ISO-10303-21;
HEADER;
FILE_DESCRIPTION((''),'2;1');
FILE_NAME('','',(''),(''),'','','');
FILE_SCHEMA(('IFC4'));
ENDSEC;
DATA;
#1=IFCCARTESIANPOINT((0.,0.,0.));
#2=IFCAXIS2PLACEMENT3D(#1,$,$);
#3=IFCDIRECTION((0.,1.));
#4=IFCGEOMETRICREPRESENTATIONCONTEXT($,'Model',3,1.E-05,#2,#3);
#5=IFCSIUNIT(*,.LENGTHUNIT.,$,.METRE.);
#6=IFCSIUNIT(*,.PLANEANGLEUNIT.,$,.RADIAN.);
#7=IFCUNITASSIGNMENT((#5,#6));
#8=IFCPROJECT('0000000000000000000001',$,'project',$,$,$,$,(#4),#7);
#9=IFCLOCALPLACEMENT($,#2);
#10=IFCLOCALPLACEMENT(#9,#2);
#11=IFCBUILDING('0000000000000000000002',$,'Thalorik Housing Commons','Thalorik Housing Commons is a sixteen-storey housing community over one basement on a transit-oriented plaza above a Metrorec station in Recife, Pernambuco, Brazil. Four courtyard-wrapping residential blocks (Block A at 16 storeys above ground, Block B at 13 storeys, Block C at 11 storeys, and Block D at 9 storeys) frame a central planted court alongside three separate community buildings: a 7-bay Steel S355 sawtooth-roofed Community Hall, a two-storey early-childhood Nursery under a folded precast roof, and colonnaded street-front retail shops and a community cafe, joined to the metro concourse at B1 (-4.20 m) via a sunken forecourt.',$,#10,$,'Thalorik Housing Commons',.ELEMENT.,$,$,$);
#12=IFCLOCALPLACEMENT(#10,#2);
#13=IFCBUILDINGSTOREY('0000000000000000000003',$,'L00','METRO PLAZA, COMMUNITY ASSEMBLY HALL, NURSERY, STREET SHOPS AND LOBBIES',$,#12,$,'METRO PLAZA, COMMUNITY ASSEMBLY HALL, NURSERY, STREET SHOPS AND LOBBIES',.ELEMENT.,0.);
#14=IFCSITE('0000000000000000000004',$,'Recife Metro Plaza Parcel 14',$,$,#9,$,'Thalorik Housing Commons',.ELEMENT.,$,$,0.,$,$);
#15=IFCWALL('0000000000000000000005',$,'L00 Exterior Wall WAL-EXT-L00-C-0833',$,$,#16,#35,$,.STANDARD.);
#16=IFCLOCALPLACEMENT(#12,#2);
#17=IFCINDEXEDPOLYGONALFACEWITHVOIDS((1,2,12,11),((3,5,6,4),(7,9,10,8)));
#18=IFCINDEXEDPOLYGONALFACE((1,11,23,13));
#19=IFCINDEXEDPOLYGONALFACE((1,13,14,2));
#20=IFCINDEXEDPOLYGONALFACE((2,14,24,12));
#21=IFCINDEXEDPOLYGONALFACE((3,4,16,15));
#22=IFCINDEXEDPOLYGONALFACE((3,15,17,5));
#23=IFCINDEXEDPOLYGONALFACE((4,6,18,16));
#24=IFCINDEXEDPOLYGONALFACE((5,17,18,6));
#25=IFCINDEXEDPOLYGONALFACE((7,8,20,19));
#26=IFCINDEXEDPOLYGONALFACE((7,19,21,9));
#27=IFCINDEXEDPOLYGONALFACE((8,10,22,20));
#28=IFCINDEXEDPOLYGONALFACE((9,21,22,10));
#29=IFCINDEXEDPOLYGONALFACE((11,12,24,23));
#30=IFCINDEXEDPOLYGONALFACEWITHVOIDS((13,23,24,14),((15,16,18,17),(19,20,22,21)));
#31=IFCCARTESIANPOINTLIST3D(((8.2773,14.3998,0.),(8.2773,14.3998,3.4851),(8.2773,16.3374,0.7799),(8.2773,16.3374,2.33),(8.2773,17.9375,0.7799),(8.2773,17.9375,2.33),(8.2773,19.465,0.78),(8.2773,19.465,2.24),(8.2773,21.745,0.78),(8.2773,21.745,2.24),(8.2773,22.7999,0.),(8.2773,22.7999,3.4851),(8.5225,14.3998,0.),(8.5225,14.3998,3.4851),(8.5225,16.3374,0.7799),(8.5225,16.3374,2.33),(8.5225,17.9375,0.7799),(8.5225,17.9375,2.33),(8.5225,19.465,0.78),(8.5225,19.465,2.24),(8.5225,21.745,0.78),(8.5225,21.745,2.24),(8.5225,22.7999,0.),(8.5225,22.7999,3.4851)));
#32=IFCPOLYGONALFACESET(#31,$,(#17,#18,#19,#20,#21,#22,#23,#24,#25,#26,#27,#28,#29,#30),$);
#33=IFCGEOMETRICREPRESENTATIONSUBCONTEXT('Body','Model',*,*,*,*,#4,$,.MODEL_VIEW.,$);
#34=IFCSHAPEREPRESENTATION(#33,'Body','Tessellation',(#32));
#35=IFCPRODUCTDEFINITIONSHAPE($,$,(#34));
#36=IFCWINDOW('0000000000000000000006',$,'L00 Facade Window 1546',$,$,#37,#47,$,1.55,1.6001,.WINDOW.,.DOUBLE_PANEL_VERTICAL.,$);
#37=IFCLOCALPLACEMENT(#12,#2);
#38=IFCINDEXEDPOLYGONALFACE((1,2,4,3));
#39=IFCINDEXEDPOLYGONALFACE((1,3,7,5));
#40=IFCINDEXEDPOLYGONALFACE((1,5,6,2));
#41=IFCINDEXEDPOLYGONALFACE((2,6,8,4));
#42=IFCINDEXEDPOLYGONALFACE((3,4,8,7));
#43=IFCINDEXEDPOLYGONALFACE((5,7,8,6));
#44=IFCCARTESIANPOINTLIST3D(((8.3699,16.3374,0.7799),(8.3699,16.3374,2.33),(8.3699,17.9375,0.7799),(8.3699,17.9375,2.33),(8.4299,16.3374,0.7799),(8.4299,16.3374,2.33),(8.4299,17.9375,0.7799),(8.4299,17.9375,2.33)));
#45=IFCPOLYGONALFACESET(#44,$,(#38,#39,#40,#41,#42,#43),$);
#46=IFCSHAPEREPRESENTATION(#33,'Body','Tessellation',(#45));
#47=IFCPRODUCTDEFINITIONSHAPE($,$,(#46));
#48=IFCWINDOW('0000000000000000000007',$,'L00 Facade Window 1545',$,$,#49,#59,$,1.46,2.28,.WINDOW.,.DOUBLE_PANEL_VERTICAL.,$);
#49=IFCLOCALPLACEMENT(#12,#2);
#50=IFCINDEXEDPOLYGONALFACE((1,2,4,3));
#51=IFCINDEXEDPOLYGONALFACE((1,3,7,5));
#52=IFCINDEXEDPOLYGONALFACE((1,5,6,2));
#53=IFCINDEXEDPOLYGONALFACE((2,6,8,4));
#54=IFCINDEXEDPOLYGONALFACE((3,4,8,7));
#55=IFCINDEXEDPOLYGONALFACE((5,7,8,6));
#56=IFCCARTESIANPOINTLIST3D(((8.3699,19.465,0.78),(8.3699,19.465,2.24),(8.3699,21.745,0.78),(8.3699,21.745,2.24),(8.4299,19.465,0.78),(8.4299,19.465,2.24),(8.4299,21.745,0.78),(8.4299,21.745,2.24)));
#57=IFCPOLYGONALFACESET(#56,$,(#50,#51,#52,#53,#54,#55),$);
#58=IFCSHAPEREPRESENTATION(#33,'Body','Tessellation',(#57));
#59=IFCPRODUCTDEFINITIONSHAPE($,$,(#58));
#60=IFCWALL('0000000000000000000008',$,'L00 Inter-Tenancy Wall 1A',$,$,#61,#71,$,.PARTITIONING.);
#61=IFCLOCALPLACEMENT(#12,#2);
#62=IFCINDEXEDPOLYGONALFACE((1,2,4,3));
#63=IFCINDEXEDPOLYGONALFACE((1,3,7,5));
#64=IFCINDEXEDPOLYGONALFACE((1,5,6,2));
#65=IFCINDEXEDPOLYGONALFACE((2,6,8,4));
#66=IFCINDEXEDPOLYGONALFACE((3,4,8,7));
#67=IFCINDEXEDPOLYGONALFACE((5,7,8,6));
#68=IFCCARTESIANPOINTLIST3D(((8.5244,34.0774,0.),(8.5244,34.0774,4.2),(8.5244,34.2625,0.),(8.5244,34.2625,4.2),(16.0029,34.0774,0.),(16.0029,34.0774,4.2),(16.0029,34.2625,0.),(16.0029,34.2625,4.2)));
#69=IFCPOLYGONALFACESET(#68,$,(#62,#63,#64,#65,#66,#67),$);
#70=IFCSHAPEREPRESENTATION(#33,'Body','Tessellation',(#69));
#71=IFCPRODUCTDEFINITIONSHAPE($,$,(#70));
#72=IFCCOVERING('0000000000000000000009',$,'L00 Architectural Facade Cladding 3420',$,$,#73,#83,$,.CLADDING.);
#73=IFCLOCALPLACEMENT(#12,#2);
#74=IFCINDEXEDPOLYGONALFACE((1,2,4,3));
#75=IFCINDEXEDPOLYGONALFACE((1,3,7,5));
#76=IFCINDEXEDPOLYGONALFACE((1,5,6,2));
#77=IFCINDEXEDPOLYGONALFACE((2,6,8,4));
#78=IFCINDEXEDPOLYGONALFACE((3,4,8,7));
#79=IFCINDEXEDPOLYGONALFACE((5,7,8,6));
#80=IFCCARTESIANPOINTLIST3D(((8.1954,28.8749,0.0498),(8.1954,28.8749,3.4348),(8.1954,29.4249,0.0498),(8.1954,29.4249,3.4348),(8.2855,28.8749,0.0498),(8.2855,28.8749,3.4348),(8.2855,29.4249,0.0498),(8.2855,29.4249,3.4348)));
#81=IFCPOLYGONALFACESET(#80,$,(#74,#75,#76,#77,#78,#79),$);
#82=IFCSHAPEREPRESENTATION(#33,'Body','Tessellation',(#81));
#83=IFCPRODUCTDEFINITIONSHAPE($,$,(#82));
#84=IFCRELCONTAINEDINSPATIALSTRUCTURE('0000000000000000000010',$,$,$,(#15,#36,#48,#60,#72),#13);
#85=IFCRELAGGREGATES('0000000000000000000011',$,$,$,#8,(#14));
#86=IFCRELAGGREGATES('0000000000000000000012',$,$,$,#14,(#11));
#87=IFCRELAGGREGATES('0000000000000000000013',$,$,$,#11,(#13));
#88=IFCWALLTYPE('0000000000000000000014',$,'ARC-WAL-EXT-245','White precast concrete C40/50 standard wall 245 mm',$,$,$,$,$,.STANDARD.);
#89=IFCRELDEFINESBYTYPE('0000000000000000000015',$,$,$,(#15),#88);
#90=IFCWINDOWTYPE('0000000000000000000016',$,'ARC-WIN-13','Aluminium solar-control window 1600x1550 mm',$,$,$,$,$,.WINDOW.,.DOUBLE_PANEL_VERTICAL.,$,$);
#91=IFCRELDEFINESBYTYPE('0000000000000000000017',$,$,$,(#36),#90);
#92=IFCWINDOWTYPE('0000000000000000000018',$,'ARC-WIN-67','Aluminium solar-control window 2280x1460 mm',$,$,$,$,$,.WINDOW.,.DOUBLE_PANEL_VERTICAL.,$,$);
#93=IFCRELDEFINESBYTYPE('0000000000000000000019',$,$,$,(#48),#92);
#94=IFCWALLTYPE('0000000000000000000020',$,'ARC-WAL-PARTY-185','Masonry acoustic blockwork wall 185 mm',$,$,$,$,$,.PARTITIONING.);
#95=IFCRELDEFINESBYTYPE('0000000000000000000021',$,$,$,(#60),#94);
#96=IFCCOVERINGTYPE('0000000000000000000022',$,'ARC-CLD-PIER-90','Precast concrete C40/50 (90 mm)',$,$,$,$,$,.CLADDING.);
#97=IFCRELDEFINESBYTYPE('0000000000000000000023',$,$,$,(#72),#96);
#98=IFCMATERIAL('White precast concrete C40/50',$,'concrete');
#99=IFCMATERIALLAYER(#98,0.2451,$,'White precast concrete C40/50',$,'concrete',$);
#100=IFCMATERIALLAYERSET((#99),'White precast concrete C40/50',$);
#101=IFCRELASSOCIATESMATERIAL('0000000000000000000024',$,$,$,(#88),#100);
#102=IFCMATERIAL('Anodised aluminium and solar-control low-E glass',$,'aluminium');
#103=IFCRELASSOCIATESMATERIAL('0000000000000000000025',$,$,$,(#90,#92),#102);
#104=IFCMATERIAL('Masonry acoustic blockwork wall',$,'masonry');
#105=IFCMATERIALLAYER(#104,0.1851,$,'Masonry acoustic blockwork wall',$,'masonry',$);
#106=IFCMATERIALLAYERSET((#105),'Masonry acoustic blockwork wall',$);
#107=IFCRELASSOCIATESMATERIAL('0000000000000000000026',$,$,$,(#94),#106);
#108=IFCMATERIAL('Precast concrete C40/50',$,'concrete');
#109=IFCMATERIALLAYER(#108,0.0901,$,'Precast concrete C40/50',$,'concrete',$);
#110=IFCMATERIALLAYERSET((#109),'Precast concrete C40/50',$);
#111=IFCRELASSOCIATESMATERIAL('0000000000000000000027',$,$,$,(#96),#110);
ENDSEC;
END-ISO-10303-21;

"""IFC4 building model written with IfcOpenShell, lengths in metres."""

from ifc_helpers import new_model, si_unit, direction, frame, frame_2d, origin, origin_2d, place, context, subcontext, project, spatial, rectangle, extrude, material, layer, layer_set, type_object, element, fill, save


model = new_model("IFC4")

# Units and contexts
model_context = context("Model", 3, precision=1e-05, world=origin(), true_north=direction((0.0, 1.0)))
body_context = subcontext(model_context, "Body", "Model", "MODEL_VIEW")
ifc_project = project(units=[si_unit("LENGTHUNIT", "METRE"), si_unit("PLANEANGLEUNIT", "RADIAN")], contexts=[model_context])

# Site, building, storey
site_placement = place(None, origin())
site = spatial("IfcSite", under=ifc_project, at=site_placement, Name="Recife Metro Plaza Parcel 14", LongName="Thalorik Housing Commons", CompositionType="ELEMENT", RefElevation=0.0)
building_placement = place(site_placement, origin())
building = spatial("IfcBuilding", under=site, at=building_placement, Name="Thalorik Housing Commons", Description="Thalorik Housing Commons is a sixteen-storey housing community over one basement on a transit-oriented plaza above a Metrorec station in Recife, Pernambuco, Brazil. Four courtyard-wrapping residential blocks (Block A at 16 storeys above ground, Block B at 13 storeys, Block C at 11 storeys, and Block D at 9 storeys) frame a central planted court alongside three separate community buildings: a 7-bay Steel S355 sawtooth-roofed Community Hall, a two-storey early-childhood Nursery under a folded precast roof, and colonnaded street-front retail shops and a community cafe, joined to the metro concourse at B1 (-4.20 m) via a sunken forecourt.", LongName="Thalorik Housing Commons", CompositionType="ELEMENT")
storey_placement = place(building_placement, origin())
storey = spatial("IfcBuildingStorey", under=building, at=storey_placement, Name="L00", Description="METRO PLAZA, COMMUNITY ASSEMBLY HALL, NURSERY, STREET SHOPS AND LOBBIES", LongName="METRO PLAZA, COMMUNITY ASSEMBLY HALL, NURSERY, STREET SHOPS AND LOBBIES", CompositionType="ELEMENT", Elevation=0.0)

# Shared definitions
ifc_material_1 = material(Name="Precast concrete C40/50", Category="concrete")

# Wall, openings, windows
ifc_material_2 = material(Name="White precast concrete C40/50", Category="concrete")
ifc_layer_1 = layer(ifc_material_2, 0.2451, Name="White precast concrete C40/50", Category="concrete")
ifc_layer_set_1 = layer_set([ifc_layer_1], Name="White precast concrete C40/50")
wall_type_1 = type_object("IfcWallType", Name="ARC-WAL-EXT-245", Description="White precast concrete C40/50 standard wall 245 mm", PredefinedType="STANDARD", material=ifc_layer_set_1)
ifc_material_3 = material(Name="Anodised aluminium and solar-control low-E glass", Category="aluminium")
wall_1_placement = place(storey_placement, frame((8.3999, 22.8, 0.0), z_axis=(0.0, 0.0, 1.0), x_axis=(0.0, -1.0, 0.0)))
wall_1 = element("IfcWall", 1, at=wall_1_placement, inside=storey, type_object=wall_type_1, Name="L00 Exterior Wall WAL-EXT-L00-C-0833", PredefinedType="STANDARD", context=body_context, shape_type="SweptSolid", body=[
    extrude(rectangle(XDim=8.4001, YDim=0.2451, at=frame_2d((4.2002, 0.0))), origin(), (0.0, 0.0, 1.0), 3.4851),
])
opening_1_placement = place(wall_1_placement, frame((1.0549, 0.0, 0.78)))
opening_1 = element("IfcOpeningElement", 2, at=opening_1_placement, cuts=wall_1, PredefinedType="OPENING", context=body_context, shape_type="SweptSolid", body=[
    extrude(rectangle(XDim=2.28, YDim=1.46, at=frame_2d((1.1401, 0.73))), frame((0.0, 0.1326, 0.0), z_axis=(0.0, -1.0, 0.0), x_axis=(1.0, 0.0, 0.0)), (0.0, 0.0, 1.0), 0.2651),
])
opening_2_placement = place(wall_1_placement, frame((4.8625, 0.0, 0.78)))
opening_2 = element("IfcOpeningElement", 3, at=opening_2_placement, cuts=wall_1, PredefinedType="OPENING", context=body_context, shape_type="SweptSolid", body=[
    extrude(rectangle(XDim=1.6001, YDim=1.55, at=frame_2d((0.8, 0.7749))), frame((0.0, 0.1326, 0.0), z_axis=(0.0, -1.0, 0.0), x_axis=(1.0, 0.0, 0.0)), (0.0, 0.0, 1.0), 0.2651),
])
window_type_1 = type_object("IfcWindowType", Name="ARC-WIN-13", Description="Aluminium solar-control window 1600x1550 mm", PartitioningType="DOUBLE_PANEL_VERTICAL", PredefinedType="WINDOW", material=ifc_material_3)
window_1_placement = place(opening_2_placement, origin())
window_1 = element("IfcWindow", 4, at=window_1_placement, inside=storey, type_object=window_type_1, Name="L00 Facade Window 1546", OverallHeight=1.55, OverallWidth=1.6001, PartitioningType="DOUBLE_PANEL_VERTICAL", PredefinedType="WINDOW", context=body_context, shape_type="SweptSolid", body=[
    extrude(rectangle(XDim=1.6001, YDim=1.55, at=frame_2d((0.8, 0.7749))), frame((0.0, 0.03, 0.0), z_axis=(0.0, -1.0, 0.0), x_axis=(1.0, 0.0, 0.0)), (0.0, 0.0, 1.0), 0.0601),
])
fill(opening_2, window_1)
window_type_2 = type_object("IfcWindowType", Name="ARC-WIN-67", Description="Aluminium solar-control window 2280x1460 mm", PartitioningType="DOUBLE_PANEL_VERTICAL", PredefinedType="WINDOW", material=ifc_material_3)
window_2_placement = place(opening_1_placement, origin())
window_2 = element("IfcWindow", 5, at=window_2_placement, inside=storey, type_object=window_type_2, Name="L00 Facade Window 1545", OverallHeight=1.46, OverallWidth=2.28, PartitioningType="DOUBLE_PANEL_VERTICAL", PredefinedType="WINDOW", context=body_context, shape_type="SweptSolid", body=[
    extrude(rectangle(XDim=2.28, YDim=1.46, at=frame_2d((1.1401, 0.73))), frame((0.0, 0.03, 0.0), z_axis=(0.0, -1.0, 0.0), x_axis=(1.0, 0.0, 0.0)), (0.0, 0.0, 1.0), 0.0601),
])
fill(opening_1, window_2)

# Wall
ifc_material_4 = material(Name="Masonry acoustic blockwork wall", Category="masonry")
ifc_layer_2 = layer(ifc_material_4, 0.1851, Name="Masonry acoustic blockwork wall", Category="masonry")
ifc_layer_set_2 = layer_set([ifc_layer_2], Name="Masonry acoustic blockwork wall")
wall_type_2 = type_object("IfcWallType", Name="ARC-WAL-PARTY-185", Description="Masonry acoustic blockwork wall 185 mm", PredefinedType="PARTITIONING", material=ifc_layer_set_2)
wall_2_placement = place(storey_placement, frame((8.5244, 34.1699, 0.0), z_axis=(0.0, 0.0, 1.0), x_axis=(1.0, 0.0, 0.0)))
element("IfcWall", 6, at=wall_2_placement, inside=storey, type_object=wall_type_2, Name="L00 Inter-Tenancy Wall 1A", PredefinedType="PARTITIONING", context=body_context, shape_type="SweptSolid", body=[
    extrude(rectangle(XDim=7.4785, YDim=0.1851, at=frame_2d((3.7393, 0.0))), origin(), (0.0, 0.0, 1.0), 4.2),
])

# Covering
ifc_layer_3 = layer(ifc_material_1, 0.0901, Name="Precast concrete C40/50", Category="concrete")
ifc_layer_set_3 = layer_set([ifc_layer_3], Name="Precast concrete C40/50")
covering_type = type_object("IfcCoveringType", Name="ARC-CLD-PIER-90", Description="Precast concrete C40/50 (90 mm)", PredefinedType="CLADDING", material=ifc_layer_set_3)
covering_placement = place(storey_placement, frame((8.2405, 29.1499, 0.0498), z_axis=(0.0, 0.0, 1.0), x_axis=(0.0, -1.0, 0.0)))
element("IfcCovering", 7, at=covering_placement, inside=storey, type_object=covering_type, Name="L00 Architectural Facade Cladding 3420", PredefinedType="CLADDING", context=body_context, shape_type="SweptSolid", body=[
    extrude(rectangle(XDim=0.55, YDim=0.0901, at=origin_2d()), origin(), (0.0, 0.0, 1.0), 3.385),
])

save(model, "model.ifc")
